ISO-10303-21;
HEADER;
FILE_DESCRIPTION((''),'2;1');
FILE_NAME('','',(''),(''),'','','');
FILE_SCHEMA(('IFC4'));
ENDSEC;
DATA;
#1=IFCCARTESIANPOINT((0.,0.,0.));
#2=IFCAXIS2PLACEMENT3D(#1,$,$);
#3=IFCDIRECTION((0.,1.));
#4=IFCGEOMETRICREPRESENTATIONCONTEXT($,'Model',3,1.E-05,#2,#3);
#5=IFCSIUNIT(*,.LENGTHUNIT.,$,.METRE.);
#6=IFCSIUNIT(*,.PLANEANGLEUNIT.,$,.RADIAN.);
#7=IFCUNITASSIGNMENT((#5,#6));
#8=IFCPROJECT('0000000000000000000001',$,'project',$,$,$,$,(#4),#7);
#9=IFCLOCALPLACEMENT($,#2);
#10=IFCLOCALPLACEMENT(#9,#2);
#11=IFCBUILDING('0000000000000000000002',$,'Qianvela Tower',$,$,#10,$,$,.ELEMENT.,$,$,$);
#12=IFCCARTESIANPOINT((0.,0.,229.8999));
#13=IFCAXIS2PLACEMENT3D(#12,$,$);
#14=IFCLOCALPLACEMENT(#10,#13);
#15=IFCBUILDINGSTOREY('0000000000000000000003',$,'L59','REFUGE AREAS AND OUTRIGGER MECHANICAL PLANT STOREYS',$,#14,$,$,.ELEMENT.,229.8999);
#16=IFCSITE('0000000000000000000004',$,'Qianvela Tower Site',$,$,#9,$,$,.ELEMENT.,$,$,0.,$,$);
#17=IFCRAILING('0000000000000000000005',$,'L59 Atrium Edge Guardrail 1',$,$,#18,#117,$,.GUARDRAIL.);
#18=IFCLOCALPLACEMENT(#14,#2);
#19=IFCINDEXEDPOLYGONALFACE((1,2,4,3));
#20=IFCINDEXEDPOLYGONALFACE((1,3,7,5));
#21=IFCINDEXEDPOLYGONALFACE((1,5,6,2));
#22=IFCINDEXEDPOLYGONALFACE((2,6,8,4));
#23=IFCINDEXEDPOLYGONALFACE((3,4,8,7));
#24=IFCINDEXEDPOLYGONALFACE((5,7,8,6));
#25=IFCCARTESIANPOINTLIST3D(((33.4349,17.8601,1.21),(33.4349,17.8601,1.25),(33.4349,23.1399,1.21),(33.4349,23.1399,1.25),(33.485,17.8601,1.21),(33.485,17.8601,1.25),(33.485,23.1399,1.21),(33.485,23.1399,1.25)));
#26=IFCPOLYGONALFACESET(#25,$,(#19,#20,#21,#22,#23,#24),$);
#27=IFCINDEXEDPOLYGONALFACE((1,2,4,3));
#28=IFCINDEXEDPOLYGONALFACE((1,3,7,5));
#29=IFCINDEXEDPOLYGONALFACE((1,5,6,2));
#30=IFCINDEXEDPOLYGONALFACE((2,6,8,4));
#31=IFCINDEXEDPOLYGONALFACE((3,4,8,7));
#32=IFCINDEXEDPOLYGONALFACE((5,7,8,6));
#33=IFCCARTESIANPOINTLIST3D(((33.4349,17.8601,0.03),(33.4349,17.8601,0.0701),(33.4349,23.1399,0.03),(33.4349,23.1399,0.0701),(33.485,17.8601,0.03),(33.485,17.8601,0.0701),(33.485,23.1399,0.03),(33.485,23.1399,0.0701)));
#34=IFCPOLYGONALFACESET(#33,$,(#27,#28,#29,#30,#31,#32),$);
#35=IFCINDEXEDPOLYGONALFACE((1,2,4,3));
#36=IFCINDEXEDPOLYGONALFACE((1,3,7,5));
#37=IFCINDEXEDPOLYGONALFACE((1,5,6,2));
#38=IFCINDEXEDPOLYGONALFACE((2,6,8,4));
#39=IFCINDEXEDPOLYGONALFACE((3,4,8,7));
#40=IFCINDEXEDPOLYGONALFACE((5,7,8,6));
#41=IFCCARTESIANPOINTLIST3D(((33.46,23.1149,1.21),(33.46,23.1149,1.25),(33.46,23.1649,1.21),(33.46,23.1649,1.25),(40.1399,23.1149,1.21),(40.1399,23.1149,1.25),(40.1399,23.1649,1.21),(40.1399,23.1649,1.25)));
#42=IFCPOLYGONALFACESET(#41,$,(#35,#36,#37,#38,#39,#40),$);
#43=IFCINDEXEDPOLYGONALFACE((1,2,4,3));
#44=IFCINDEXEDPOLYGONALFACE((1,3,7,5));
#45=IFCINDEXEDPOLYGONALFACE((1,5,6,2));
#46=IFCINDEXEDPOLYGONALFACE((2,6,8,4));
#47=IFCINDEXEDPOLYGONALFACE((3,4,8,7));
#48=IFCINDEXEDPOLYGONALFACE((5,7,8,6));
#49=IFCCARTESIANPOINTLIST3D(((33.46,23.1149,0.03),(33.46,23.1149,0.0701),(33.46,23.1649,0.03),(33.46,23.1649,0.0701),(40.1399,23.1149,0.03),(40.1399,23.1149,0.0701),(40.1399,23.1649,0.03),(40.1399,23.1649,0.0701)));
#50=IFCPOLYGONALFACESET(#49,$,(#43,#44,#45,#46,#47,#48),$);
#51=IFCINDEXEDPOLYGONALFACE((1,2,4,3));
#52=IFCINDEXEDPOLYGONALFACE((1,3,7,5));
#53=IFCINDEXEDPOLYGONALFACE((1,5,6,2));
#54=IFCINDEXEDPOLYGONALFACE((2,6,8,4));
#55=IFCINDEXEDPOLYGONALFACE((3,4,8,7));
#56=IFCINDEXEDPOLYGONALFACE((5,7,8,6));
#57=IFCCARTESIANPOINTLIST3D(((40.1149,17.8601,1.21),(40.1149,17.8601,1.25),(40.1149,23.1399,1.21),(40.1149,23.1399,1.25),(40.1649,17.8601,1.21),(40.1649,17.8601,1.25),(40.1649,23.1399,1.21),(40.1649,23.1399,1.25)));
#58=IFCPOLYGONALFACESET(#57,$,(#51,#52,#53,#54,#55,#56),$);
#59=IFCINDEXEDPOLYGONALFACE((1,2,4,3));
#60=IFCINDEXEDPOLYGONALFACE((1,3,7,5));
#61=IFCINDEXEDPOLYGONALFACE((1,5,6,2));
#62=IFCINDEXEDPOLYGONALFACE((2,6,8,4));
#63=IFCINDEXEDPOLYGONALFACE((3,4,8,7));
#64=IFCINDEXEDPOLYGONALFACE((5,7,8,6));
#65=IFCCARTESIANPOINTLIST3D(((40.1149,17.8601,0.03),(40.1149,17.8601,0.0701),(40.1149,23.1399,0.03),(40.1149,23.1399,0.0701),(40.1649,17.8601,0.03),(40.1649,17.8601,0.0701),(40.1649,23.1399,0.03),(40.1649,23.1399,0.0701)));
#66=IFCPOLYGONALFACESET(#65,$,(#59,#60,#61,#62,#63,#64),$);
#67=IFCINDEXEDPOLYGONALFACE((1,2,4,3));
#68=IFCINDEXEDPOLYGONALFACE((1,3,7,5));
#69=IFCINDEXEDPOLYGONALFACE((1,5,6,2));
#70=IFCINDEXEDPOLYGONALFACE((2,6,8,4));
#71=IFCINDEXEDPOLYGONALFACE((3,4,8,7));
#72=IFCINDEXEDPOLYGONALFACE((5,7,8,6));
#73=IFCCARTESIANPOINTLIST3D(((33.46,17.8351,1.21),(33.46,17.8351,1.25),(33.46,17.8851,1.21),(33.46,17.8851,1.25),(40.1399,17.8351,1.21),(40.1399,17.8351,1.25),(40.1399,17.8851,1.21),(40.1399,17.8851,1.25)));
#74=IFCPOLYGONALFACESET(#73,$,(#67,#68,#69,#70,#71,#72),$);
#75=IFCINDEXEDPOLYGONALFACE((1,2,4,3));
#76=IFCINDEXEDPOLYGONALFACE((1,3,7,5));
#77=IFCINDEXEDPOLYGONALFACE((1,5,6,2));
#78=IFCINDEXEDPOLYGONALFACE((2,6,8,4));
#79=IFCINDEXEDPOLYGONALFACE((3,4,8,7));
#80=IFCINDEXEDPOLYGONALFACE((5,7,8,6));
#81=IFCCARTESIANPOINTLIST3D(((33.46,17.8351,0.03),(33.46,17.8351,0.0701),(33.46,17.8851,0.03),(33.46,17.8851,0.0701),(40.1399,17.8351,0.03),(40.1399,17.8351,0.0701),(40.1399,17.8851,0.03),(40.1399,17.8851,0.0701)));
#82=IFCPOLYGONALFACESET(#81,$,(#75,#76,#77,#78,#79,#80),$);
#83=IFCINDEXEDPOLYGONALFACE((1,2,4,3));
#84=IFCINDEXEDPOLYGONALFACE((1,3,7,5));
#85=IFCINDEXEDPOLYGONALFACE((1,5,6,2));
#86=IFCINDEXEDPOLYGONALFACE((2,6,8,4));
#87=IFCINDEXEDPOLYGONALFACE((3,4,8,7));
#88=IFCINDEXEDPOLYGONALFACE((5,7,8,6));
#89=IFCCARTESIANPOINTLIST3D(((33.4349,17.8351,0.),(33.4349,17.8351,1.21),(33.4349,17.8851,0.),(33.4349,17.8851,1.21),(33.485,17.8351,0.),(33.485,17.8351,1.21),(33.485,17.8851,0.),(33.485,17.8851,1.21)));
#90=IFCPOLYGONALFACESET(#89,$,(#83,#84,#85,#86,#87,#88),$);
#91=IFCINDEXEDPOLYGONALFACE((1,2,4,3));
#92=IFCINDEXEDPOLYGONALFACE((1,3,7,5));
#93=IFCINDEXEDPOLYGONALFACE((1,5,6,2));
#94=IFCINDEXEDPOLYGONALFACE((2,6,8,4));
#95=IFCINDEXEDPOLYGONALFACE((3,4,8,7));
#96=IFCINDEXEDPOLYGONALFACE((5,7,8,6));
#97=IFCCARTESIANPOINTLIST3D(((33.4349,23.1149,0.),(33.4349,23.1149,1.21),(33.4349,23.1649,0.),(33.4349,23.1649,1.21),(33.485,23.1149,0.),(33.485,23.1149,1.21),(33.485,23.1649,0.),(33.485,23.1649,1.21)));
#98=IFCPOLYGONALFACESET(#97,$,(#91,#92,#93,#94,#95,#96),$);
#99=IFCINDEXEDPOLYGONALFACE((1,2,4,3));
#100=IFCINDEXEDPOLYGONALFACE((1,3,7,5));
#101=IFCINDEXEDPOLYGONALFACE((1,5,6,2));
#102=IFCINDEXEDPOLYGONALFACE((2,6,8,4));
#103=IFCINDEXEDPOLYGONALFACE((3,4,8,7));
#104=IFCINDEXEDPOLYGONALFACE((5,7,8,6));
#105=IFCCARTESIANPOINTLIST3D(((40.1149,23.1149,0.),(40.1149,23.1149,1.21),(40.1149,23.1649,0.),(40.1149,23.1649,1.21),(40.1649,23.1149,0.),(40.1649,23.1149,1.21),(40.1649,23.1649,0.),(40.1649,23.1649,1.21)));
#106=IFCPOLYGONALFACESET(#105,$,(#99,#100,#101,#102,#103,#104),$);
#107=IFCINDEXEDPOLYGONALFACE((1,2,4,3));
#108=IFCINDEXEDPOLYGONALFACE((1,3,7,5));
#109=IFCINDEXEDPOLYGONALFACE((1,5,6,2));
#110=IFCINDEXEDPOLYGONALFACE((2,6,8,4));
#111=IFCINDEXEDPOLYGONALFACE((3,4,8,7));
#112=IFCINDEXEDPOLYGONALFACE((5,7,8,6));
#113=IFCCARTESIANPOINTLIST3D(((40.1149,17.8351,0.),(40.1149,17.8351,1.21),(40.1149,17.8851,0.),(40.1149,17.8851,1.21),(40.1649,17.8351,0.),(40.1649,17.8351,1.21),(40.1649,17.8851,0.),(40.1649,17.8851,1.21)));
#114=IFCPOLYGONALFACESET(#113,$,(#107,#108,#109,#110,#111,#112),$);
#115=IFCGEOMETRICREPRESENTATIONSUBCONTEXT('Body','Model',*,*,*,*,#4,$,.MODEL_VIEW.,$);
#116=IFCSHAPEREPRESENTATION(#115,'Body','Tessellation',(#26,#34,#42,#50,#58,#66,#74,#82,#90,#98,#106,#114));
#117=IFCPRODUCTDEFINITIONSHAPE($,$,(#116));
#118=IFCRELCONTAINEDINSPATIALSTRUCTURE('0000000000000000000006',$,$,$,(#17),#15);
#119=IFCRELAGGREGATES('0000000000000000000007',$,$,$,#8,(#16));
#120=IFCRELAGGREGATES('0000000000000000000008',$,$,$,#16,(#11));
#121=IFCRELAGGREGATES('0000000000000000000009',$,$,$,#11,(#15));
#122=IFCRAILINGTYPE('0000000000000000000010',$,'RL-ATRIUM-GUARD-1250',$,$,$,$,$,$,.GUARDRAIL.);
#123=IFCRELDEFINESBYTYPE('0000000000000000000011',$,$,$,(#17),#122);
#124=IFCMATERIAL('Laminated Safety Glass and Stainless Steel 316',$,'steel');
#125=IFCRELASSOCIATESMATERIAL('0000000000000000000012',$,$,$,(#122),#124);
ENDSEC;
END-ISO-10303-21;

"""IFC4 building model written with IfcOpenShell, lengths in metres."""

from ifc_helpers import new_model, si_unit, direction, frame, origin, origin_2d, place, context, subcontext, project, spatial, rectangle, extrude, material, type_object, element, save


model = new_model("IFC4")

# Units and contexts
model_context = context("Model", 3, precision=1e-05, world=origin(), true_north=direction((0.0, 1.0)))
body_context = subcontext(model_context, "Body", "Model", "MODEL_VIEW")
ifc_project = project(units=[si_unit("LENGTHUNIT", "METRE"), si_unit("PLANEANGLEUNIT", "RADIAN")], contexts=[model_context])

# Site, building, storey
site_placement = place(None, origin())
site = spatial("IfcSite", under=ifc_project, at=site_placement, Name="Qianvela Tower Site", CompositionType="ELEMENT", RefElevation=0.0)
building_placement = place(site_placement, origin())
building = spatial("IfcBuilding", under=site, at=building_placement, Name="Qianvela Tower", CompositionType="ELEMENT")
storey_placement = place(building_placement, frame((0.0, 0.0, 229.8999)))
storey = spatial("IfcBuildingStorey", under=building, at=storey_placement, Name="L59", Description="REFUGE AREAS AND OUTRIGGER MECHANICAL PLANT STOREYS", CompositionType="ELEMENT", Elevation=229.8999)

# Railing
ifc_material_1 = material(Name="Laminated Safety Glass and Stainless Steel 316", Category="steel")
railing_type = type_object("IfcRailingType", Name="RL-ATRIUM-GUARD-1250", PredefinedType="GUARDRAIL", material=ifc_material_1)
railing_placement = place(storey_placement, frame((33.46, 17.8601, 0.0)))
element("IfcRailing", 1, at=railing_placement, inside=storey, type_object=railing_type, Name="L59 Atrium Edge Guardrail 1", PredefinedType="GUARDRAIL", context=body_context, shape_type="SweptSolid", body=[
    extrude(rectangle(XDim=0.05, YDim=0.04, at=origin_2d()), frame((0.0, 0.0, 1.23), z_axis=(0.0, 1.0, 0.0), x_axis=(-1.0, 0.0, 0.0)), (0.0, 0.0, 1.0), 5.2798),
    extrude(rectangle(XDim=0.05, YDim=0.04, at=origin_2d()), frame((0.0, 0.0, 0.05), z_axis=(0.0, 1.0, 0.0), x_axis=(-1.0, 0.0, 0.0)), (0.0, 0.0, 1.0), 5.2798),
    extrude(rectangle(XDim=0.05, YDim=0.04, at=origin_2d()), frame((0.0, 5.2798, 1.23), z_axis=(1.0, 0.0, 0.0), x_axis=(0.0, 1.0, 0.0)), (0.0, 0.0, 1.0), 6.6799),
    extrude(rectangle(XDim=0.05, YDim=0.04, at=origin_2d()), frame((0.0, 5.2798, 0.05), z_axis=(1.0, 0.0, 0.0), x_axis=(0.0, 1.0, 0.0)), (0.0, 0.0, 1.0), 6.6799),
    extrude(rectangle(XDim=0.05, YDim=0.04, at=origin_2d()), frame((6.6799, 5.2798, 1.23), z_axis=(0.0, -1.0, 0.0), x_axis=(1.0, 0.0, 0.0)), (0.0, 0.0, 1.0), 5.2798),
    extrude(rectangle(XDim=0.05, YDim=0.04, at=origin_2d()), frame((6.6799, 5.2798, 0.05), z_axis=(0.0, -1.0, 0.0), x_axis=(1.0, 0.0, 0.0)), (0.0, 0.0, 1.0), 5.2798),
    extrude(rectangle(XDim=0.05, YDim=0.04, at=origin_2d()), frame((6.6799, 0.0, 1.23), z_axis=(-1.0, 0.0, 0.0), x_axis=(0.0, -1.0, 0.0)), (0.0, 0.0, 1.0), 6.6799),
    extrude(rectangle(XDim=0.05, YDim=0.04, at=origin_2d()), frame((6.6799, 0.0, 0.05), z_axis=(-1.0, 0.0, 0.0), x_axis=(0.0, -1.0, 0.0)), (0.0, 0.0, 1.0), 6.6799),
    extrude(rectangle(XDim=0.05, YDim=0.05, at=origin_2d()), origin(), (0.0, 0.0, 1.0), 1.21),
    extrude(rectangle(XDim=0.05, YDim=0.05, at=origin_2d()), frame((0.0, 5.2798, 0.0)), (0.0, 0.0, 1.0), 1.21),
    extrude(rectangle(XDim=0.05, YDim=0.05, at=origin_2d()), frame((6.6799, 5.2798, 0.0)), (0.0, 0.0, 1.0), 1.21),
    extrude(rectangle(XDim=0.05, YDim=0.05, at=origin_2d()), frame((6.6799, 0.0, 0.0)), (0.0, 0.0, 1.0), 1.21),
])

save(model, "model.ifc")
